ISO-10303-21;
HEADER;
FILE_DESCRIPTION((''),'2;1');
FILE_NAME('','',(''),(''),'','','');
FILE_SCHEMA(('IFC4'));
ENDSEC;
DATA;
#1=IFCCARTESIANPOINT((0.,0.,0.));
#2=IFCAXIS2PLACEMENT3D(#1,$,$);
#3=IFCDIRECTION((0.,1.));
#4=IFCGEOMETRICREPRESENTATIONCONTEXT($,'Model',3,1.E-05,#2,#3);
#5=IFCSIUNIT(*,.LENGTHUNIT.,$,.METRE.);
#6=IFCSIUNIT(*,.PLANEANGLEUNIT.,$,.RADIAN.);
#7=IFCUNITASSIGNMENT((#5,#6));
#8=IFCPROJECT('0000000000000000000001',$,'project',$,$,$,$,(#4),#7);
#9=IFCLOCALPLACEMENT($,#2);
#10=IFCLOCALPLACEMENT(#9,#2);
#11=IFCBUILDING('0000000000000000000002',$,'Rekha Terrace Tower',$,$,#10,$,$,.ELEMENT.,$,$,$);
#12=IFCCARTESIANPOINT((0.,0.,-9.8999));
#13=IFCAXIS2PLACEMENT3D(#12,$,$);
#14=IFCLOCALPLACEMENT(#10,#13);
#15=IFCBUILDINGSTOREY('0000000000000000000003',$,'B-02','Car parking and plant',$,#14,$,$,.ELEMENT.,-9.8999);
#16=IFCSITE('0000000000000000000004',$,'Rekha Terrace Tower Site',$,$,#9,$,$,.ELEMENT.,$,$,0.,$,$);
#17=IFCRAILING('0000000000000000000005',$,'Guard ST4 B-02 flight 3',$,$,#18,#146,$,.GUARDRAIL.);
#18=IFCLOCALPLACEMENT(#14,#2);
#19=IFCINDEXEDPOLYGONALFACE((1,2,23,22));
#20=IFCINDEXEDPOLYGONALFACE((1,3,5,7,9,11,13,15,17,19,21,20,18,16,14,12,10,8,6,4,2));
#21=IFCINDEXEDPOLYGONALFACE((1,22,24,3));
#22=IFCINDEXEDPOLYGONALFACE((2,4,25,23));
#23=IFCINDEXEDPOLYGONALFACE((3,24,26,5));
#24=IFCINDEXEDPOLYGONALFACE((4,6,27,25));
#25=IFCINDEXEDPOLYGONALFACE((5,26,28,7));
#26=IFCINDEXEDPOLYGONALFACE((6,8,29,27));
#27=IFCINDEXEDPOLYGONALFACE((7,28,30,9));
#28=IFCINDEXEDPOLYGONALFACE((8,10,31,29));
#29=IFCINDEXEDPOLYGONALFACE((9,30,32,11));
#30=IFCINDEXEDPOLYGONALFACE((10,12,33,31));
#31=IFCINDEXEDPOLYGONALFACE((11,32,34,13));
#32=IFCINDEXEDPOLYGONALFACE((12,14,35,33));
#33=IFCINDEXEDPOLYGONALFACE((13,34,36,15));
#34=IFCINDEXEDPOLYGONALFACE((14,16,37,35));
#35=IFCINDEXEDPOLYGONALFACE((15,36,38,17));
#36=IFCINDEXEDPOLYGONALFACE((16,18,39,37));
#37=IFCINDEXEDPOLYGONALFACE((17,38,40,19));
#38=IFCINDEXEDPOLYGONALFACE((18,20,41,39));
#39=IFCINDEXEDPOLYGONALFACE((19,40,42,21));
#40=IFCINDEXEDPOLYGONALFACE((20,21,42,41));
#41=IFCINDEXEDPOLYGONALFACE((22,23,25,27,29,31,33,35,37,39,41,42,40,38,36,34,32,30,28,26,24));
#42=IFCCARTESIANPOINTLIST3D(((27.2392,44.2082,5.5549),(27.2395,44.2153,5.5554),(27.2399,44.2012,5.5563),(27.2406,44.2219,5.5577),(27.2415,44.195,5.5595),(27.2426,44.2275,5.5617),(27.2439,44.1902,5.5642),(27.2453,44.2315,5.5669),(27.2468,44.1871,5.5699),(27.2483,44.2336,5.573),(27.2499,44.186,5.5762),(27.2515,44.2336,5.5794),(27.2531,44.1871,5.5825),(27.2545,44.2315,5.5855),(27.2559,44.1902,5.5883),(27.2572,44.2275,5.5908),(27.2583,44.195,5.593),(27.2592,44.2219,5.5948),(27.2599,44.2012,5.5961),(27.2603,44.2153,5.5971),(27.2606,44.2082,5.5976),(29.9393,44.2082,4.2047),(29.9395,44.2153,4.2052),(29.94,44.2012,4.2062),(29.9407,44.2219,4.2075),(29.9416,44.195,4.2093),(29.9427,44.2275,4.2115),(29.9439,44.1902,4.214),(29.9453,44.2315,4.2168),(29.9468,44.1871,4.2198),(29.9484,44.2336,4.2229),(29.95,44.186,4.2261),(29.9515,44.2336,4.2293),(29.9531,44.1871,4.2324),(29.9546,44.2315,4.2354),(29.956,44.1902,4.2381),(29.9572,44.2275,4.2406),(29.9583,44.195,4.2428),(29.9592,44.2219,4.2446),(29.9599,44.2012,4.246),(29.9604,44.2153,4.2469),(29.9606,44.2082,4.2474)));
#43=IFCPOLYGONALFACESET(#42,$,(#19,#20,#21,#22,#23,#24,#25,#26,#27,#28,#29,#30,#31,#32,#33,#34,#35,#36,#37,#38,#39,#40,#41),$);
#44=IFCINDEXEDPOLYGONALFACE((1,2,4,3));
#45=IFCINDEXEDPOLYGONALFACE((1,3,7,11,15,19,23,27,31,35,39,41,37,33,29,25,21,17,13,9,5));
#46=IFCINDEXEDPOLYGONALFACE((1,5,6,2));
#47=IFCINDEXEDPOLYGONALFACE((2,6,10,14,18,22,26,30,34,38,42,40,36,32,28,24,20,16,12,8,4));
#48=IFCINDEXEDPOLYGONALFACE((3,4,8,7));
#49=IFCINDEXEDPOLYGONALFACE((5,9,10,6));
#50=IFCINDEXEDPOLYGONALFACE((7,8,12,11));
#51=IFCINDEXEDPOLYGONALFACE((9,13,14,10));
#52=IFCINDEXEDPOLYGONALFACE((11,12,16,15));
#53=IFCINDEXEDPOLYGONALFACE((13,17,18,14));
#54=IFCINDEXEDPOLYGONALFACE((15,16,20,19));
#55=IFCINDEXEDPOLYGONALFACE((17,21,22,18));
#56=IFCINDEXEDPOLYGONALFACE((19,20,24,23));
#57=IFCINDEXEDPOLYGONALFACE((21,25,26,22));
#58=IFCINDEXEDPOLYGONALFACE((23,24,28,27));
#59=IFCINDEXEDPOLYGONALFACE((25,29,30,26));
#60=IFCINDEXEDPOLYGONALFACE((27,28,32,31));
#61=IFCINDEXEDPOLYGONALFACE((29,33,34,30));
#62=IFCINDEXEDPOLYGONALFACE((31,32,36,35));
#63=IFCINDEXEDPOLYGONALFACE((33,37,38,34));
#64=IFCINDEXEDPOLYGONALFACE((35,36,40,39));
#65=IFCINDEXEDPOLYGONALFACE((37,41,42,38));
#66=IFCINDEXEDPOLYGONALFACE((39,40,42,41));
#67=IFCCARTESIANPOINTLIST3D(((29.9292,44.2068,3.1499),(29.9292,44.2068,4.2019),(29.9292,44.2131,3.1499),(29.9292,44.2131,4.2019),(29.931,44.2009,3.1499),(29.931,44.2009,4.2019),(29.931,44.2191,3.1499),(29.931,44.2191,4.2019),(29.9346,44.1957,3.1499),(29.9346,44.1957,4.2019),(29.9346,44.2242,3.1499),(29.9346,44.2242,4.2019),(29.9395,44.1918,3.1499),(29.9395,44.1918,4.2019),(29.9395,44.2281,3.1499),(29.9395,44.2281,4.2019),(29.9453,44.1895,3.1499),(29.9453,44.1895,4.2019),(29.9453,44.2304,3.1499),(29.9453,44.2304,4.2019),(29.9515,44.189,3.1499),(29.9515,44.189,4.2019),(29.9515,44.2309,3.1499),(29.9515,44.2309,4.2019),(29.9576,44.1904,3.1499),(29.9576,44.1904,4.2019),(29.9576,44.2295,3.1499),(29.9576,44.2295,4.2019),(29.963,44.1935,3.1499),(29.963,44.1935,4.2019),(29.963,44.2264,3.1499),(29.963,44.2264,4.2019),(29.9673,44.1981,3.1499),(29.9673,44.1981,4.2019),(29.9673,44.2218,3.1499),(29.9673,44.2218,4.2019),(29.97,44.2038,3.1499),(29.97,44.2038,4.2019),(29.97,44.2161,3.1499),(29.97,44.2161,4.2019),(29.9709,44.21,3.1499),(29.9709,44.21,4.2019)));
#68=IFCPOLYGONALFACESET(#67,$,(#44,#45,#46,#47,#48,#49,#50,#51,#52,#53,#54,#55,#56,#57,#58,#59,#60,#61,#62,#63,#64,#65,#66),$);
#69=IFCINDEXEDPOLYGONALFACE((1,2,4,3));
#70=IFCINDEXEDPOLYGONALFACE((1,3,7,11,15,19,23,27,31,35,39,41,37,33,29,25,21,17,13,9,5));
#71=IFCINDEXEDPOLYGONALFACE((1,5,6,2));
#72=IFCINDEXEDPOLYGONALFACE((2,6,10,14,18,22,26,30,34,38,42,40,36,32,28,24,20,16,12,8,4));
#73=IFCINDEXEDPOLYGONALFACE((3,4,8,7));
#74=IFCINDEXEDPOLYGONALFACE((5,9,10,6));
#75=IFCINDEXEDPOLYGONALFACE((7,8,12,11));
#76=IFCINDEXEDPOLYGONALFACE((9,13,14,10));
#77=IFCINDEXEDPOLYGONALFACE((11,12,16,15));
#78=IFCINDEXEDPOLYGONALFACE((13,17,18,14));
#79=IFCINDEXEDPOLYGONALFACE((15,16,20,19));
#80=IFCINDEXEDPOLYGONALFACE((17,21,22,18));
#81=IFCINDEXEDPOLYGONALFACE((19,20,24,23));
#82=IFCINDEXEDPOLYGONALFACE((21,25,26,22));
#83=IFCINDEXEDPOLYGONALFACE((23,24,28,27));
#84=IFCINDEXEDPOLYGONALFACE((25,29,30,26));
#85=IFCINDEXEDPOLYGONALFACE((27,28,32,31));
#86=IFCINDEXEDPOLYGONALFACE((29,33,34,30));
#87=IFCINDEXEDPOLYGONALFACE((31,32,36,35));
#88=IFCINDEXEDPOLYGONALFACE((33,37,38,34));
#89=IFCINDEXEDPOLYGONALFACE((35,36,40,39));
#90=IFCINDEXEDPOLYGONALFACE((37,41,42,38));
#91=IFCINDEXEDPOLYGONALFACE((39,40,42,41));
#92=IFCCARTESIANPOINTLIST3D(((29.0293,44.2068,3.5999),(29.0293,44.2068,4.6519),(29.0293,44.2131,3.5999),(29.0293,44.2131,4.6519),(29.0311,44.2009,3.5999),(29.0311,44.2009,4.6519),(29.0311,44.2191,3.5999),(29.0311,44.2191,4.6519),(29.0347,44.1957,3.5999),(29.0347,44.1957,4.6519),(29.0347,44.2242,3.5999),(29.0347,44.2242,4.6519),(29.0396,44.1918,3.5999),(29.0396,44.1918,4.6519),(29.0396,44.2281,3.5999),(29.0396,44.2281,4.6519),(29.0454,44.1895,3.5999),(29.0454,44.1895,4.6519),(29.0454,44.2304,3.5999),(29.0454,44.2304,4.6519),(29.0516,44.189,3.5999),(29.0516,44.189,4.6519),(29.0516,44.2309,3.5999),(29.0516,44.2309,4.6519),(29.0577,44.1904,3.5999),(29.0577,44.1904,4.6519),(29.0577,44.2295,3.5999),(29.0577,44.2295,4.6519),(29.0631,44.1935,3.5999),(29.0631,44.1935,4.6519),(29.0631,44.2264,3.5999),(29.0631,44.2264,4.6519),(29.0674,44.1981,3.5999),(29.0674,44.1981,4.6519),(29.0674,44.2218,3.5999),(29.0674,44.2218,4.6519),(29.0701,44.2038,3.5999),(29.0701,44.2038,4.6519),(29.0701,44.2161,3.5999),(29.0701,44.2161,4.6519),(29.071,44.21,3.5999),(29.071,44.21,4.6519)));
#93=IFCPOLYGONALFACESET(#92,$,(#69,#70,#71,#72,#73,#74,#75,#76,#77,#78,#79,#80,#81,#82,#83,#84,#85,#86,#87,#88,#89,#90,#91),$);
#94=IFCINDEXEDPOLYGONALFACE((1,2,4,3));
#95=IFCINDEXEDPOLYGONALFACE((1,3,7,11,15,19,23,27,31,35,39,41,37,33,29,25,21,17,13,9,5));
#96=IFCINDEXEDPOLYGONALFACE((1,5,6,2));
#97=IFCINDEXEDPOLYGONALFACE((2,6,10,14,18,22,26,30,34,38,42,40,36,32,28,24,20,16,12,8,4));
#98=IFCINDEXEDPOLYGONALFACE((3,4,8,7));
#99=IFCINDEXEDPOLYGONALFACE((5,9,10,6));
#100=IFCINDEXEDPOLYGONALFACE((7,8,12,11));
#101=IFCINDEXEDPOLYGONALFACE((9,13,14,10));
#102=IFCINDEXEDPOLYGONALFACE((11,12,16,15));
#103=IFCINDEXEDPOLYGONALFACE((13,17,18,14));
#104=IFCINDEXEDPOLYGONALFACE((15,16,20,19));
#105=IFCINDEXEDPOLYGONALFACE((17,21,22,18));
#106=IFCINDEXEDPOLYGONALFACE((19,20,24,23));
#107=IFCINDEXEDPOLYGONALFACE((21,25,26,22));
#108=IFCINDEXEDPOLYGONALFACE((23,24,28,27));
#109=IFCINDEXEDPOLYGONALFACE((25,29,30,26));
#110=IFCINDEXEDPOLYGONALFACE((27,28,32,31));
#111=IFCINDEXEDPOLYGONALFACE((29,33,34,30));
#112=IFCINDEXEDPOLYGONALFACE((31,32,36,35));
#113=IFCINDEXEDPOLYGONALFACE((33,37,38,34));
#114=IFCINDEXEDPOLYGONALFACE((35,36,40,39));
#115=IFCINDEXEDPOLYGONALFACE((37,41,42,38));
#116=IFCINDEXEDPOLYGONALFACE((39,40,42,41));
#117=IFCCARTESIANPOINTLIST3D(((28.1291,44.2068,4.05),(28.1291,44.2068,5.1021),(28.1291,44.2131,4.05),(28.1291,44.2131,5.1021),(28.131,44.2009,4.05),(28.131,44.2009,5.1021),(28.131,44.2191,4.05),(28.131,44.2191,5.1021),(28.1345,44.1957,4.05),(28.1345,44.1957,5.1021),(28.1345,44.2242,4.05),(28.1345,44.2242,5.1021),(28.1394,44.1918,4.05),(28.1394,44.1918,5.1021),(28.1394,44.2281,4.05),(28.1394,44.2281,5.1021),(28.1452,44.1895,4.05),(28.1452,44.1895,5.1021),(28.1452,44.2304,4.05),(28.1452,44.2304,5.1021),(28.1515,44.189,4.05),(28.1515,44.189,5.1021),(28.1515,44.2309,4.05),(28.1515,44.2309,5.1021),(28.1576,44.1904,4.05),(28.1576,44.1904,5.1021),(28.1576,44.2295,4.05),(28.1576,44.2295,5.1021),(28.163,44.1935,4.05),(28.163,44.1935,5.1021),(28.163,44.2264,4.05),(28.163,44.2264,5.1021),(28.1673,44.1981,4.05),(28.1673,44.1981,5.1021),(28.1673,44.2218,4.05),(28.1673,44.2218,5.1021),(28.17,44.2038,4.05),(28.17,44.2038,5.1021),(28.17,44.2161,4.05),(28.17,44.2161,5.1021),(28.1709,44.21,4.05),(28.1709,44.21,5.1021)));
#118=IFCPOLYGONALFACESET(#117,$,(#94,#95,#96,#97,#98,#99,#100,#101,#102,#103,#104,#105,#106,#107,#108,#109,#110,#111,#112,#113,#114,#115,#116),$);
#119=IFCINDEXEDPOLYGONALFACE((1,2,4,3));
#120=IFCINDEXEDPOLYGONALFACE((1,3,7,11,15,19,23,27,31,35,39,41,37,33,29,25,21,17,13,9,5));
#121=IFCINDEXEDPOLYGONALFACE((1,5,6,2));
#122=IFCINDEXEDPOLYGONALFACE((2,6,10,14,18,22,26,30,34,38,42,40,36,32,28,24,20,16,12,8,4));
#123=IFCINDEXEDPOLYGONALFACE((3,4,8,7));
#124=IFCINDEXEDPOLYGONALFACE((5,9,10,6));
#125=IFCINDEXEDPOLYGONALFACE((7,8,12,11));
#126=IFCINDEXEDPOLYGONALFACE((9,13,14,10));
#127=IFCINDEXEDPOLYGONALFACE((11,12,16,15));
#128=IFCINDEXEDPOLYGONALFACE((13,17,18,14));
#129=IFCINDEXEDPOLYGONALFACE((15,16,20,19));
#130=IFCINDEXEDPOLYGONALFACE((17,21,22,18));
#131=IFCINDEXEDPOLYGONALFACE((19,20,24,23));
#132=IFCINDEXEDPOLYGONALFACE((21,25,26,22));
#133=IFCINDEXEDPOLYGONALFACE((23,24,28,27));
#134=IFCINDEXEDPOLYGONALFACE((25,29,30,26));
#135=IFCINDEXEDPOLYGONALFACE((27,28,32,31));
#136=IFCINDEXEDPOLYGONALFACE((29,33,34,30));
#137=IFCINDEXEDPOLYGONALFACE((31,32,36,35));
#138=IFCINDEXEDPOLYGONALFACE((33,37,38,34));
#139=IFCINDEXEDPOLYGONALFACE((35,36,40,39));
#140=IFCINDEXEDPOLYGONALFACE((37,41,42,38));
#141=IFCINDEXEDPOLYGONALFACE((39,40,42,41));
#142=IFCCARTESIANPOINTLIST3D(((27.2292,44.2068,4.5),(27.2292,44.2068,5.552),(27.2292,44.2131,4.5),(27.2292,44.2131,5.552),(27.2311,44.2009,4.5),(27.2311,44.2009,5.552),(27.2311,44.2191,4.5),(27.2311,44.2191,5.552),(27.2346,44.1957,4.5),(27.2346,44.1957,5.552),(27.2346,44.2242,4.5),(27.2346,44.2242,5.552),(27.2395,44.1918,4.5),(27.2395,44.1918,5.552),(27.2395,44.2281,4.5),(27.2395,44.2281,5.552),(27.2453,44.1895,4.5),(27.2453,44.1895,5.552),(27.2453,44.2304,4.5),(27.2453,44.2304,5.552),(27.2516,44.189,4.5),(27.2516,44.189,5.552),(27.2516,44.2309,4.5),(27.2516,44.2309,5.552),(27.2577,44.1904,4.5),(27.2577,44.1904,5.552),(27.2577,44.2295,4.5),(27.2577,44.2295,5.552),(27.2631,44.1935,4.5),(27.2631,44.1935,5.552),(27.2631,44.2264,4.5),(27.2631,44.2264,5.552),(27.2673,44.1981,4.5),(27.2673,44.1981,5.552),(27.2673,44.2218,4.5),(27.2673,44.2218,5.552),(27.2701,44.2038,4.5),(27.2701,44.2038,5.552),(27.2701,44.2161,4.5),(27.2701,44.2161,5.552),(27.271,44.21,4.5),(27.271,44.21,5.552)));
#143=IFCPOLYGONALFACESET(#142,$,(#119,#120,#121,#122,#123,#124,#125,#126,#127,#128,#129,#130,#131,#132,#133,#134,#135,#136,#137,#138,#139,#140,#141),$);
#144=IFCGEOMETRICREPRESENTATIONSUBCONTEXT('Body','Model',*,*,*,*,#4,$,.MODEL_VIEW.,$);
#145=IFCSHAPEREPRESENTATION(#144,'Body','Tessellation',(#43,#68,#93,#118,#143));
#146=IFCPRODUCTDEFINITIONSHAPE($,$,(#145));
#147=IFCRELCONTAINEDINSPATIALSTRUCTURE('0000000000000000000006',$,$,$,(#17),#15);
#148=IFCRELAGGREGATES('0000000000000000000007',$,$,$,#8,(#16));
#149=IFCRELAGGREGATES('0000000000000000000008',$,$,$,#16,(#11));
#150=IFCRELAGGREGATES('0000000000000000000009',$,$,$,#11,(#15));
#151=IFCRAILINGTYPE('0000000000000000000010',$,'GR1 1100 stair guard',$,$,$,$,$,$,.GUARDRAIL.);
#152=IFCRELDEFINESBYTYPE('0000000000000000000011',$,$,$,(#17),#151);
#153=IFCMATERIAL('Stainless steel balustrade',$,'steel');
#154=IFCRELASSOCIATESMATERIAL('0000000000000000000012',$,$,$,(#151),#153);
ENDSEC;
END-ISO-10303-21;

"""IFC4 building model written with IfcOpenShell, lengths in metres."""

from ifc_helpers import new_model, si_unit, direction, frame, origin, origin_2d, place, context, subcontext, project, spatial, circle, extrude, material, type_object, element, save


model = new_model("IFC4")

# Units and contexts
model_context = context("Model", 3, precision=1e-05, world=origin(), true_north=direction((0.0, 1.0)))
body_context = subcontext(model_context, "Body", "Model", "MODEL_VIEW")
ifc_project = project(units=[si_unit("LENGTHUNIT", "METRE"), si_unit("PLANEANGLEUNIT", "RADIAN")], contexts=[model_context])

# Site, building, storey
site_placement = place(None, origin())
site = spatial("IfcSite", under=ifc_project, at=site_placement, Name="Rekha Terrace Tower Site", CompositionType="ELEMENT", RefElevation=0.0)
building_placement = place(site_placement, origin())
building = spatial("IfcBuilding", under=site, at=building_placement, Name="Rekha Terrace Tower", CompositionType="ELEMENT")
storey_placement = place(building_placement, frame((0.0, 0.0, -9.8999)))
storey = spatial("IfcBuildingStorey", under=building, at=storey_placement, Name="B-02", Description="Car parking and plant", CompositionType="ELEMENT", Elevation=-9.8999)

# Railing
ifc_material_1 = material(Name="Stainless steel balustrade", Category="steel")
railing_type_1 = type_object("IfcRailingType", Name="GR1 1100 stair guard", PredefinedType="GUARDRAIL", material=ifc_material_1)
railing_1_placement = place(storey_placement, frame((29.95, 44.21, 3.1499)))
element("IfcRailing", 1, at=railing_1_placement, inside=storey, type_object=railing_type_1, Name="Guard ST4 B-02 flight 3", PredefinedType="GUARDRAIL", context=body_context, shape_type="SweptSolid", body=[
    extrude(circle(Radius=0.0239, at=origin_2d()), frame((0.0, 0.0, 1.0762), z_axis=(-0.894411, 0.0, 0.447246), x_axis=(0.0, -1.0, 0.0)), (0.0, 0.0, 1.0), 3.0188),
    extrude(circle(Radius=0.021, at=origin_2d()), origin(), (0.0, 0.0, 1.0), 1.052),
    extrude(circle(Radius=0.021, at=origin_2d()), frame((-0.8999, 0.0, 0.45)), (0.0, 0.0, 1.0), 1.052),
    extrude(circle(Radius=0.021, at=origin_2d()), frame((-1.8, 0.0, 0.9001)), (0.0, 0.0, 1.0), 1.052),
    extrude(circle(Radius=0.021, at=origin_2d()), frame((-2.7, 0.0, 1.3501)), (0.0, 0.0, 1.0), 1.052),
])

save(model, "model.ifc")
